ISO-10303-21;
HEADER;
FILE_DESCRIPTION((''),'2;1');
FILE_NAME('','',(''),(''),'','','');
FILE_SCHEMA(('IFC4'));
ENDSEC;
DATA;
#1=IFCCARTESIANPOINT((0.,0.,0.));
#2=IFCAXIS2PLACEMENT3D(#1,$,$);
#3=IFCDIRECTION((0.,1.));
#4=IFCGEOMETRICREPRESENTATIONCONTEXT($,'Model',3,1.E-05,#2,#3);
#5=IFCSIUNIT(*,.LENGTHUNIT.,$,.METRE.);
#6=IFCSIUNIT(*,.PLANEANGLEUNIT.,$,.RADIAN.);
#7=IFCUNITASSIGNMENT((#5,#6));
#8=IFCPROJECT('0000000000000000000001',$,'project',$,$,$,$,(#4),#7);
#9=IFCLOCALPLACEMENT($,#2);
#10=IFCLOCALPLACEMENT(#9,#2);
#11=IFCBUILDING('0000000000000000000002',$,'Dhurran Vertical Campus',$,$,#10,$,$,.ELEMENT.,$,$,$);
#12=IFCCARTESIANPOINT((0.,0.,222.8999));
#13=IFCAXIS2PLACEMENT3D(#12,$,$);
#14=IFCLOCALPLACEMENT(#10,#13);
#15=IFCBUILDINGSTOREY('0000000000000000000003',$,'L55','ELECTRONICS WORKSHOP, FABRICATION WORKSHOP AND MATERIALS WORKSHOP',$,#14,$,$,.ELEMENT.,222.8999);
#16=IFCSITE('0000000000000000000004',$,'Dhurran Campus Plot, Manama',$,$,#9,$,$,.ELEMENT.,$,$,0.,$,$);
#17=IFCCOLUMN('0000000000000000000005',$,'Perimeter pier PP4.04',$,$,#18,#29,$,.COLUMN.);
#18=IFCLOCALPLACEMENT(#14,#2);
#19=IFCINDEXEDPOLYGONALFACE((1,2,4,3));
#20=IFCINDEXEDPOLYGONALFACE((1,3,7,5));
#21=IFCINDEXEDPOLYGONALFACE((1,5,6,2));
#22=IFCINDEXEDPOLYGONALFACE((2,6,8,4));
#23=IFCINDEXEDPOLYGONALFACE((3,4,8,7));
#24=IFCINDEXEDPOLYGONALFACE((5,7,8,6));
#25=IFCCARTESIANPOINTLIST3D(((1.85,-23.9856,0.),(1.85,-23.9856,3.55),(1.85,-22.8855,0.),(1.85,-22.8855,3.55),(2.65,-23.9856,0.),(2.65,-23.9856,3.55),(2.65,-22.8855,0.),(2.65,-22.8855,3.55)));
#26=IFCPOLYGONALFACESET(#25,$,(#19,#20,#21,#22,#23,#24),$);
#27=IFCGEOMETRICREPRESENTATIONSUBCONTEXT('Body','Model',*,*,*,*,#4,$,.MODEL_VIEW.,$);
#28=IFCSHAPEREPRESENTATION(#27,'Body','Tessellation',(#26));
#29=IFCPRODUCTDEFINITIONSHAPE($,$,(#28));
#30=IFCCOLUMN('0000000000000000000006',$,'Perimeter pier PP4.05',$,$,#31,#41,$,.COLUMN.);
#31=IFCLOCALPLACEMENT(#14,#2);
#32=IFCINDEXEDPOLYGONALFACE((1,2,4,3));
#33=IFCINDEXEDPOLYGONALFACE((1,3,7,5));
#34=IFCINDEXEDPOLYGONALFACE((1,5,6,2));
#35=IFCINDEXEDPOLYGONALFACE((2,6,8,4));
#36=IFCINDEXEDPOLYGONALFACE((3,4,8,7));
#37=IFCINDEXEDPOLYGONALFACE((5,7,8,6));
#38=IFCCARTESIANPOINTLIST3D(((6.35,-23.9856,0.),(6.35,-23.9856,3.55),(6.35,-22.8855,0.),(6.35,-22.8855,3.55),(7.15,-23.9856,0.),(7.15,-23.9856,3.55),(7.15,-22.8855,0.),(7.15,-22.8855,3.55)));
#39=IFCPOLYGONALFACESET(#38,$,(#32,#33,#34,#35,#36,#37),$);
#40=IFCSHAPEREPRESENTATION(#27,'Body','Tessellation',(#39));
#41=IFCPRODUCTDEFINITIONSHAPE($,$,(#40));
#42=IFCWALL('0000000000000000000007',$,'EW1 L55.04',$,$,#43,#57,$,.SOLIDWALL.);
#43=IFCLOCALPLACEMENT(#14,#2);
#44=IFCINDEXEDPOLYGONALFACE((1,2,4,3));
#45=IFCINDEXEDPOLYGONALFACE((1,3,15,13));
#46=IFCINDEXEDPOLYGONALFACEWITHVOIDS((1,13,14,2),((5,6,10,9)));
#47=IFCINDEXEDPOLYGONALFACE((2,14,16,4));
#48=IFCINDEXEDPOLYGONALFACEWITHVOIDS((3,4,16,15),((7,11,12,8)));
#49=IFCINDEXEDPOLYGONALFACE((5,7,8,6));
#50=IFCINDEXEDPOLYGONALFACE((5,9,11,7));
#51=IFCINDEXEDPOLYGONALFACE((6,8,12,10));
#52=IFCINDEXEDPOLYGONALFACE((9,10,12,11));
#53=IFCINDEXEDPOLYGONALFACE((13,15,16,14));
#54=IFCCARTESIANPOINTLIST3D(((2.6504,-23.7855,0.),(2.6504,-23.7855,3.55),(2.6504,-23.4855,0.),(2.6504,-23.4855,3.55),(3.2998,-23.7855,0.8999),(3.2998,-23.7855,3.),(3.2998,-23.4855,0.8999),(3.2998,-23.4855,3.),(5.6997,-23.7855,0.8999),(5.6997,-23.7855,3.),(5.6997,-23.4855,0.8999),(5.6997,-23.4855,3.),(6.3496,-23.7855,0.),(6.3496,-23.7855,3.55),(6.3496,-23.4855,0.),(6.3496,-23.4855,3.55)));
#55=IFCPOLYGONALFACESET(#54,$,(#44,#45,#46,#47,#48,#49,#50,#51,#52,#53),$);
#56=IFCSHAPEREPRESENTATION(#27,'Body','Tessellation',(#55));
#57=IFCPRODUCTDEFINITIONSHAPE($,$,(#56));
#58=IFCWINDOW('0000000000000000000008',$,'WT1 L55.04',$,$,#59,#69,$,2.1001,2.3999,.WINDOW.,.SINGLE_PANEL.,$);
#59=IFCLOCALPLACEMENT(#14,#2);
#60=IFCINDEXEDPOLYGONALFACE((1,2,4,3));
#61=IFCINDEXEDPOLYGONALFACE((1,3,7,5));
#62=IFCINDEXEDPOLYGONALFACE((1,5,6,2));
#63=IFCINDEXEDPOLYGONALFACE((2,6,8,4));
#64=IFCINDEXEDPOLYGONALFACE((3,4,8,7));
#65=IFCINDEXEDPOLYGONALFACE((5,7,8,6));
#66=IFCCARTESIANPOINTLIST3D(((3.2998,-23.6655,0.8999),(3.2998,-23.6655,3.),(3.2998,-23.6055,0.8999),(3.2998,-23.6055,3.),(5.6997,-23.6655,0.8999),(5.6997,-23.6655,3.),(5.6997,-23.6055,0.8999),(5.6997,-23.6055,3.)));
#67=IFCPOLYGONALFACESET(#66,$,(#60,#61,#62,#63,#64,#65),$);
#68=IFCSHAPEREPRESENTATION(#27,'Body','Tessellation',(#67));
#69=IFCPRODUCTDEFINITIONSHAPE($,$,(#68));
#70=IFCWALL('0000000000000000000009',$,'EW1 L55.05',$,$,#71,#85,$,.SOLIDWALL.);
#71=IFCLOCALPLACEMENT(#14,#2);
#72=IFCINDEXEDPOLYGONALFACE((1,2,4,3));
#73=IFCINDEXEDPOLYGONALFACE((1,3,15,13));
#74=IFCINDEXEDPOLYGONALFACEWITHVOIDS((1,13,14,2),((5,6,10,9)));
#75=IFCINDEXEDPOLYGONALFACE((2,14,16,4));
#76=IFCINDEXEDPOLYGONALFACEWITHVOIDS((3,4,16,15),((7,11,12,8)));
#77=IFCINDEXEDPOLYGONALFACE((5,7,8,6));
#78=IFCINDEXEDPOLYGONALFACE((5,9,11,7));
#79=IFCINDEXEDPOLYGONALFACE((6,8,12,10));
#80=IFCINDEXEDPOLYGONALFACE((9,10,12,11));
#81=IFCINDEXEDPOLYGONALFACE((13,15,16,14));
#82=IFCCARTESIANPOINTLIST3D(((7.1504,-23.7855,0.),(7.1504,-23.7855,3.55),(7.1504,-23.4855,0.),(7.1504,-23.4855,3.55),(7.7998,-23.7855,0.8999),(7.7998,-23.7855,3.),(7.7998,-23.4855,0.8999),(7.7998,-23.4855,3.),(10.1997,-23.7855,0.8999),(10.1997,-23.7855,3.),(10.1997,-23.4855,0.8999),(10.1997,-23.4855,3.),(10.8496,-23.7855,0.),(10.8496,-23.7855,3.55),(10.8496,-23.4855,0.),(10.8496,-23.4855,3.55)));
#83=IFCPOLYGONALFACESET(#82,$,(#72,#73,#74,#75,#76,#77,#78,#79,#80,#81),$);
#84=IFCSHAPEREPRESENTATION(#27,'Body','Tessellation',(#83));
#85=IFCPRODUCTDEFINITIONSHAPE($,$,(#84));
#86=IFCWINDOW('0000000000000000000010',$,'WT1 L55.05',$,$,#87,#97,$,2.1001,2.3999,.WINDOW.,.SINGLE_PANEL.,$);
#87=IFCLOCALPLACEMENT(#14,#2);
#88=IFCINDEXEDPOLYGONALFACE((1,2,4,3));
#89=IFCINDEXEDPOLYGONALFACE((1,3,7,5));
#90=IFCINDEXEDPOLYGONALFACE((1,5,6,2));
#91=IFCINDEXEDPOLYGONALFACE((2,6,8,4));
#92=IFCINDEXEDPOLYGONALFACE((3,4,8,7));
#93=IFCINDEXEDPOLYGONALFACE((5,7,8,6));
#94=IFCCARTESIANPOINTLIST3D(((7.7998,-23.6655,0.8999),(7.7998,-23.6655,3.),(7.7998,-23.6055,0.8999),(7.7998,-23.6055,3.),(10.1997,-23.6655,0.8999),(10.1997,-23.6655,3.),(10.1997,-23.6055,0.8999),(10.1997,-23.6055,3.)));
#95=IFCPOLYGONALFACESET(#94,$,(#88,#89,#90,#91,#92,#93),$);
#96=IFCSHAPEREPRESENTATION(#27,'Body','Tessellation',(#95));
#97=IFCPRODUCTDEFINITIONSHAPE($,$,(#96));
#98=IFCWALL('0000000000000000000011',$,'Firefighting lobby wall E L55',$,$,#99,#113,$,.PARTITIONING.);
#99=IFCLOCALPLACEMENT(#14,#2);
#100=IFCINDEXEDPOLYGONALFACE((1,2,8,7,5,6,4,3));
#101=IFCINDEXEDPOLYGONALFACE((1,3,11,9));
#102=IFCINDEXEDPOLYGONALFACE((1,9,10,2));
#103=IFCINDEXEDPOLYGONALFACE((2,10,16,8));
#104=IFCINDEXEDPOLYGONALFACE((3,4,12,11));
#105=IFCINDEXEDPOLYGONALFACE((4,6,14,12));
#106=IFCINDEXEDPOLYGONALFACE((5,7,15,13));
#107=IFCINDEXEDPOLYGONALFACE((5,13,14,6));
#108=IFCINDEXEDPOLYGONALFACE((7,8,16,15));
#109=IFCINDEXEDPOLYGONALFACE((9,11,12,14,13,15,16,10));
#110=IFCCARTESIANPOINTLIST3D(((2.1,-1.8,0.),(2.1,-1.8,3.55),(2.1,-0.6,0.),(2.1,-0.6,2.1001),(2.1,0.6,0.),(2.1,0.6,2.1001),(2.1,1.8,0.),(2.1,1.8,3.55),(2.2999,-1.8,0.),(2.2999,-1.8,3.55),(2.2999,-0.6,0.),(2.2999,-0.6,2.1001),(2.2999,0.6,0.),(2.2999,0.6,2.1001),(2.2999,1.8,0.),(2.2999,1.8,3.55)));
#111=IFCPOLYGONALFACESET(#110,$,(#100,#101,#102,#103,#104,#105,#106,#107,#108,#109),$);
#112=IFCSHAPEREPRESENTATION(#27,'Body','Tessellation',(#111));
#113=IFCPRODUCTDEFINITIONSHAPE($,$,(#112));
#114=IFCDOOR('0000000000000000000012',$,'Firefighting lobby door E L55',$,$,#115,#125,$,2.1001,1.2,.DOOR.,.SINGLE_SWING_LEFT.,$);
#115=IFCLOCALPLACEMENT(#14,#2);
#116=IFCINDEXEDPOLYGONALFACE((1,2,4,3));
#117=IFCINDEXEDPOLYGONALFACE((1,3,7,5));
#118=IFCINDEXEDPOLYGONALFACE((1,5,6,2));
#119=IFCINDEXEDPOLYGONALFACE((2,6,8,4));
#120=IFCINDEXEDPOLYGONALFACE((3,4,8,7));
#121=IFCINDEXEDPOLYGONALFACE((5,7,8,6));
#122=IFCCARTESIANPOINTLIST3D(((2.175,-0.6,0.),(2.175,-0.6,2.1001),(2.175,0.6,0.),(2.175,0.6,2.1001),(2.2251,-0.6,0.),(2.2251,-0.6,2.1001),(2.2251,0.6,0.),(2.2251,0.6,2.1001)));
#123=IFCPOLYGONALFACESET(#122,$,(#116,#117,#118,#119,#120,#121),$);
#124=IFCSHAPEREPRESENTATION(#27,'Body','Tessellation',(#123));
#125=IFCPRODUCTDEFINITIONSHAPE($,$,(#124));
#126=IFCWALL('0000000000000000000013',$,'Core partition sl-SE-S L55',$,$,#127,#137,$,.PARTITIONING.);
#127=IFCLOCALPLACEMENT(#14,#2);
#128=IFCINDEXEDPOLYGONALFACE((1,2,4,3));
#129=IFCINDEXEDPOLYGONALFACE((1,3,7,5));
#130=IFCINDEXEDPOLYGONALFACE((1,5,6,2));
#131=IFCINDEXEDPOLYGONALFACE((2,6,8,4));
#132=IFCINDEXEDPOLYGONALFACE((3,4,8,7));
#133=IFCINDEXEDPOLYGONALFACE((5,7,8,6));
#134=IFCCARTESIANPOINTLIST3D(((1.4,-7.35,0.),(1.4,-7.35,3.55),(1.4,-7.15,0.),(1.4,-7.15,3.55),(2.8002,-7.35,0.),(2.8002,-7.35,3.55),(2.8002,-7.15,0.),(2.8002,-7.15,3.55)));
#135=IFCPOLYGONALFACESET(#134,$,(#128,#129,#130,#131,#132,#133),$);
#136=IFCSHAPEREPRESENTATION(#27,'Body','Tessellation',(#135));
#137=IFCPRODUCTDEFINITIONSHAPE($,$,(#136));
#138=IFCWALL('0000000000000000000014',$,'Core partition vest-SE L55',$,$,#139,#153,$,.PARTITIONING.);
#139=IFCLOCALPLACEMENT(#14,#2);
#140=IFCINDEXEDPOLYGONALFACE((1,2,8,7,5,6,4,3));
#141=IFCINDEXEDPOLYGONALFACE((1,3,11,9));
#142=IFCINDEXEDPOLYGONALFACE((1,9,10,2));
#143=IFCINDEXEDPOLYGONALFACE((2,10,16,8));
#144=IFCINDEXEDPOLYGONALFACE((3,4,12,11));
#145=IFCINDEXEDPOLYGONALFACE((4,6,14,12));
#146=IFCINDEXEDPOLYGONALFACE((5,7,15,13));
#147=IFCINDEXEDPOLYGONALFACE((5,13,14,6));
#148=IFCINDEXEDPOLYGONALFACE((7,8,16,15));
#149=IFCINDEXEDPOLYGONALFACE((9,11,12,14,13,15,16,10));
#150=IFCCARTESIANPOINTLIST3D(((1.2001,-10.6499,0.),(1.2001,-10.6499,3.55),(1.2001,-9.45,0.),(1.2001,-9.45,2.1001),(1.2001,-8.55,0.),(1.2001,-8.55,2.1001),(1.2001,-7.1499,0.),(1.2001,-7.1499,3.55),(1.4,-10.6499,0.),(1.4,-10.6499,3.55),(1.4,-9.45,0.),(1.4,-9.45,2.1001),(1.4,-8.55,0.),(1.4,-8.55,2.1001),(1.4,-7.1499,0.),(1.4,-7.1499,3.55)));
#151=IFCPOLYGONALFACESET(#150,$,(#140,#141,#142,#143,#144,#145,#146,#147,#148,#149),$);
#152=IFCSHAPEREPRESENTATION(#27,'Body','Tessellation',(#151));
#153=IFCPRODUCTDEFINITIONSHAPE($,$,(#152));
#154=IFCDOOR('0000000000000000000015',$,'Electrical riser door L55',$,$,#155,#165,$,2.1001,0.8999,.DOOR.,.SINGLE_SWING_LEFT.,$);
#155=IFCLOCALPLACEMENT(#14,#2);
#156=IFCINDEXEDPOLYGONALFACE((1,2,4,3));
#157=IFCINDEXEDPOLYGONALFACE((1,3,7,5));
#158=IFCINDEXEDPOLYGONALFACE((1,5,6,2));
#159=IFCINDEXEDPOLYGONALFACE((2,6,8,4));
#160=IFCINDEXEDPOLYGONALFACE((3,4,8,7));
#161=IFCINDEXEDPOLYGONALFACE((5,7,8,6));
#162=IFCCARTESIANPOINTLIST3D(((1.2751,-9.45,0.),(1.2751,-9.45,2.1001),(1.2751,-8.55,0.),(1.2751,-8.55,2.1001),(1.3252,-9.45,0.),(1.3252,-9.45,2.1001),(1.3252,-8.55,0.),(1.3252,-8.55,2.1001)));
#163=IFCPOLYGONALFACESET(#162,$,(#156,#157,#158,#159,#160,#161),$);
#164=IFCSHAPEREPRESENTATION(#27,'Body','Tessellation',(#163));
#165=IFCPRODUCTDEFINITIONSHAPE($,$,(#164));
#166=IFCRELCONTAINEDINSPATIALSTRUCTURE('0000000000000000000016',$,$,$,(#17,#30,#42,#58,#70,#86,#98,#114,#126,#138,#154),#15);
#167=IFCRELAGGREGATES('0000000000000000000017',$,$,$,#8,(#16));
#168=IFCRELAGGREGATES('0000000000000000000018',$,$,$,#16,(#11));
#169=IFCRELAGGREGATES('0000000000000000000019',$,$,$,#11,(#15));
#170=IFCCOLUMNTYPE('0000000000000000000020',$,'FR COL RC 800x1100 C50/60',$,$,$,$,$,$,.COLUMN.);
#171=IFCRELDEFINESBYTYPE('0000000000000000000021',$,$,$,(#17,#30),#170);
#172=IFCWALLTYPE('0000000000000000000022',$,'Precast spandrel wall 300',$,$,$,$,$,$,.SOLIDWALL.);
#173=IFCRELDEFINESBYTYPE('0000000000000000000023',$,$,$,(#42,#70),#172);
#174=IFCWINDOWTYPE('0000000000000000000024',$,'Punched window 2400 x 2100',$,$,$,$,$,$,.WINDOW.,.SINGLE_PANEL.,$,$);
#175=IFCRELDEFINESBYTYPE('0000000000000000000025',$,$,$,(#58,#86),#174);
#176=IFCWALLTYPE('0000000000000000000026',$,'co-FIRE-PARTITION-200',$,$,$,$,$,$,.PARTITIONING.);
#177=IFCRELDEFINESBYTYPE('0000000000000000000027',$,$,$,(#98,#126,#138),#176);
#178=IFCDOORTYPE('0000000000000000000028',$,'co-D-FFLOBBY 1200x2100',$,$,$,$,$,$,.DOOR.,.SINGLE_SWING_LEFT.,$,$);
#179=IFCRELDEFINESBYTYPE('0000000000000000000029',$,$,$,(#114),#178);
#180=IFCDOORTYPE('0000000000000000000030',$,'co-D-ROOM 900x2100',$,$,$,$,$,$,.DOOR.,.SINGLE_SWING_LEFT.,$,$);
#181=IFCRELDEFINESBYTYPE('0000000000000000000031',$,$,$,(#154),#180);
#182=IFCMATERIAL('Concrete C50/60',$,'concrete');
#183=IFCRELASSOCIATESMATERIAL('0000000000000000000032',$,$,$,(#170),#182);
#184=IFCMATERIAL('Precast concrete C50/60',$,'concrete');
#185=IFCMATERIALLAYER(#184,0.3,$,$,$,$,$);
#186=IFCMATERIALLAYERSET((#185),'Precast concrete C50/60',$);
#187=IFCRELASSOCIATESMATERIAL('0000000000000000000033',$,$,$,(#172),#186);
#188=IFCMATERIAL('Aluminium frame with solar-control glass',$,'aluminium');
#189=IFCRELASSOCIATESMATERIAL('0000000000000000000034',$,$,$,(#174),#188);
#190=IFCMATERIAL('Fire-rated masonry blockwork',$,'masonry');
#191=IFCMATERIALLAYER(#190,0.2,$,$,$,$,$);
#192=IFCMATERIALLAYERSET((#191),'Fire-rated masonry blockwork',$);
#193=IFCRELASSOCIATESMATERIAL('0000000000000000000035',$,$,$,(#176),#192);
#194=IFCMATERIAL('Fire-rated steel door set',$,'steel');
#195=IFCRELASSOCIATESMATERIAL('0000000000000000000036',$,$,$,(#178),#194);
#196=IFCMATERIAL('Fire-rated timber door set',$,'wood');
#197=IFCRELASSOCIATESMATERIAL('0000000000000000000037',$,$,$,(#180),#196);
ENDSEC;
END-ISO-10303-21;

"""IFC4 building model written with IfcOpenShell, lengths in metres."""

from ifc_helpers import new_model, si_unit, direction, frame, frame_2d, origin, origin_2d, place, context, subcontext, project, spatial, rectangle, extrude, material, layer, layer_set, material_profile, profile_set, type_object, element, fill, save


model = new_model("IFC4")

# Units and contexts
model_context = context("Model", 3, precision=1e-05, world=origin(), true_north=direction((0.0, 1.0)))
body_context = subcontext(model_context, "Body", "Model", "MODEL_VIEW")
ifc_project = project(units=[si_unit("LENGTHUNIT", "METRE"), si_unit("PLANEANGLEUNIT", "RADIAN")], contexts=[model_context])

# Site, building, storey
site_placement = place(None, origin())
site = spatial("IfcSite", under=ifc_project, at=site_placement, Name="Dhurran Campus Plot, Manama", CompositionType="ELEMENT", RefElevation=0.0)
building_placement = place(site_placement, origin())
building = spatial("IfcBuilding", under=site, at=building_placement, Name="Dhurran Vertical Campus", CompositionType="ELEMENT")
storey_placement = place(building_placement, frame((0.0, 0.0, 222.8999)))
storey = spatial("IfcBuildingStorey", under=building, at=storey_placement, Name="L55", Description="ELECTRONICS WORKSHOP, FABRICATION WORKSHOP AND MATERIALS WORKSHOP", CompositionType="ELEMENT", Elevation=222.8999)

# Columns
ifc_material_1 = material(Name="Concrete C50/60", Category="concrete")
ifc_material_profile = material_profile(ifc_material_1, rectangle(XDim=0.8, YDim=1.1001, at=origin_2d()), Name="RC 800x1100")
ifc_profile_set = profile_set([ifc_material_profile], Name="Concrete C50/60")
column_type = type_object("IfcColumnType", Name="FR COL RC 800x1100 C50/60", PredefinedType="COLUMN", material=ifc_profile_set)
for number, where, z_axis, x_axis, name in (
    (1, (2.25, -23.4355, 0.0), (0.0, 0.0, 1.0), (1.0, 0.0, 0.0), "Perimeter pier PP4.04"),
    (2, (6.75, -23.4355, 0.0), (0.0, 0.0, 1.0), (1.0, 0.0, 0.0), "Perimeter pier PP4.05"),
):
    element("IfcColumn", number, at=place(storey_placement, frame(where, z_axis=z_axis, x_axis=x_axis)), inside=storey, type_object=column_type, Name=name, PredefinedType="COLUMN", context=body_context, shape_type="SweptSolid", body=[
        extrude(rectangle(XDim=0.8, YDim=1.1001, at=origin_2d()), origin(), (0.0, 0.0, 1.0), 3.55),
    ])

# Walls, openings, windows
ifc_material_2 = material(Name="Precast concrete C50/60", Category="concrete")
ifc_layer_1 = layer(ifc_material_2, 0.3)
ifc_layer_set_1 = layer_set([ifc_layer_1], Name="Precast concrete C50/60")
wall_type_1 = type_object("IfcWallType", Name="Precast spandrel wall 300", PredefinedType="SOLIDWALL", material=ifc_layer_set_1)
wall_1_placement = place(storey_placement, frame((2.6504, -23.6355, 0.0), z_axis=(0.0, 0.0, 1.0), x_axis=(1.0, 0.0, 0.0)))
wall_1 = element("IfcWall", 3, at=wall_1_placement, inside=storey, type_object=wall_type_1, Name="EW1 L55.04", PredefinedType="SOLIDWALL", context=body_context, shape_type="SweptSolid", body=[
    extrude(rectangle(XDim=3.6992, YDim=0.3, at=frame_2d((1.8496, 0.0))), origin(), (0.0, 0.0, 1.0), 3.55),
])
opening_1_placement = place(wall_1_placement, frame((0.6494, 0.0, 0.8999)))
opening_1 = element("IfcOpeningElement", 4, at=opening_1_placement, cuts=wall_1, PredefinedType="OPENING", context=body_context, shape_type="SweptSolid", body=[
    extrude(rectangle(XDim=2.3999, YDim=2.1001, at=frame_2d((1.2, 1.05))), frame((0.0, 0.1599, 0.0), z_axis=(0.0, -1.0, 0.0), x_axis=(1.0, 0.0, 0.0)), (0.0, 0.0, 1.0), 0.3201),
])
ifc_material_3 = material(Name="Aluminium frame with solar-control glass", Category="aluminium")
window_type = type_object("IfcWindowType", Name="Punched window 2400 x 2100", PartitioningType="SINGLE_PANEL", PredefinedType="WINDOW", material=ifc_material_3)
window_1_placement = place(opening_1_placement, origin())
window_1 = element("IfcWindow", 5, at=window_1_placement, inside=storey, type_object=window_type, Name="WT1 L55.04", OverallHeight=2.1001, OverallWidth=2.3999, PartitioningType="SINGLE_PANEL", PredefinedType="WINDOW", context=body_context, shape_type="SweptSolid", body=[
    extrude(rectangle(XDim=2.3999, YDim=2.1001, at=frame_2d((1.2, 1.05))), frame((0.0, 0.03, 0.0), z_axis=(0.0, -1.0, 0.0), x_axis=(1.0, 0.0, 0.0)), (0.0, 0.0, 1.0), 0.0601),
])
fill(opening_1, window_1)
wall_2_placement = place(storey_placement, frame((7.1504, -23.6355, 0.0), z_axis=(0.0, 0.0, 1.0), x_axis=(1.0, 0.0, 0.0)))
wall_2 = element("IfcWall", 6, at=wall_2_placement, inside=storey, type_object=wall_type_1, Name="EW1 L55.05", PredefinedType="SOLIDWALL", context=body_context, shape_type="SweptSolid", body=[
    extrude(rectangle(XDim=3.6992, YDim=0.3, at=frame_2d((1.8496, 0.0))), origin(), (0.0, 0.0, 1.0), 3.55),
])
opening_2_placement = place(wall_2_placement, frame((0.6494, 0.0, 0.8999)))
opening_2 = element("IfcOpeningElement", 7, at=opening_2_placement, cuts=wall_2, PredefinedType="OPENING", context=body_context, shape_type="SweptSolid", body=[
    extrude(rectangle(XDim=2.3999, YDim=2.1001, at=frame_2d((1.2, 1.05))), frame((0.0, 0.1599, 0.0), z_axis=(0.0, -1.0, 0.0), x_axis=(1.0, 0.0, 0.0)), (0.0, 0.0, 1.0), 0.3201),
])
window_2_placement = place(opening_2_placement, origin())
window_2 = element("IfcWindow", 8, at=window_2_placement, inside=storey, type_object=window_type, Name="WT1 L55.05", OverallHeight=2.1001, OverallWidth=2.3999, PartitioningType="SINGLE_PANEL", PredefinedType="WINDOW", context=body_context, shape_type="SweptSolid", body=[
    extrude(rectangle(XDim=2.3999, YDim=2.1001, at=frame_2d((1.2, 1.05))), frame((0.0, 0.03, 0.0), z_axis=(0.0, -1.0, 0.0), x_axis=(1.0, 0.0, 0.0)), (0.0, 0.0, 1.0), 0.0601),
])
fill(opening_2, window_2)

# Wall, opening, door
ifc_material_4 = material(Name="Fire-rated masonry blockwork", Category="masonry")
ifc_layer_2 = layer(ifc_material_4, 0.2)
ifc_layer_set_2 = layer_set([ifc_layer_2], Name="Fire-rated masonry blockwork")
wall_type_2 = type_object("IfcWallType", Name="co-FIRE-PARTITION-200", PredefinedType="PARTITIONING", material=ifc_layer_set_2)
wall_3_placement = place(storey_placement, frame((2.2, -1.8, 0.0), z_axis=(0.0, 0.0, 1.0), x_axis=(0.0, 1.0, 0.0)))
wall_3 = element("IfcWall", 9, at=wall_3_placement, inside=storey, type_object=wall_type_2, Name="Firefighting lobby wall E L55", PredefinedType="PARTITIONING", context=body_context, shape_type="SweptSolid", body=[
    extrude(rectangle(XDim=3.6001, YDim=0.2, at=frame_2d((1.8, 0.0))), origin(), (0.0, 0.0, 1.0), 3.55),
])
opening_3_placement = place(wall_3_placement, frame((1.2, 0.0, 0.0)))
opening_3 = element("IfcOpeningElement", 10, at=opening_3_placement, cuts=wall_3, PredefinedType="OPENING", context=body_context, shape_type="SweptSolid", body=[
    extrude(rectangle(XDim=1.2, YDim=2.1001, at=frame_2d((0.6001, 1.05))), frame((0.0, 0.1099, 0.0), z_axis=(0.0, -1.0, 0.0), x_axis=(1.0, 0.0, 0.0)), (0.0, 0.0, 1.0), 0.22),
])
ifc_material_5 = material(Name="Fire-rated steel door set", Category="steel")
door_type_1 = type_object("IfcDoorType", Name="co-D-FFLOBBY 1200x2100", OperationType="SINGLE_SWING_LEFT", PredefinedType="DOOR", material=ifc_material_5)
door_1_placement = place(opening_3_placement, origin())
door_1 = element("IfcDoor", 11, at=door_1_placement, inside=storey, type_object=door_type_1, Name="Firefighting lobby door E L55", OperationType="SINGLE_SWING_LEFT", OverallHeight=2.1001, OverallWidth=1.2, PredefinedType="DOOR", context=body_context, shape_type="SweptSolid", body=[
    extrude(rectangle(XDim=1.2, YDim=2.1001, at=frame_2d((0.6001, 1.05))), frame((0.0, 0.0249, 0.0), z_axis=(0.0, -1.0, 0.0), x_axis=(1.0, 0.0, 0.0)), (0.0, 0.0, 1.0), 0.05),
])
fill(opening_3, door_1)

# Wall
wall_4_placement = place(storey_placement, frame((1.3999, -7.25, 0.0), z_axis=(0.0, 0.0, 1.0), x_axis=(1.0, 0.0, 0.0)))
element("IfcWall", 12, at=wall_4_placement, inside=storey, type_object=wall_type_2, Name="Core partition sl-SE-S L55", PredefinedType="PARTITIONING", context=body_context, shape_type="SweptSolid", body=[
    extrude(rectangle(XDim=1.4001, YDim=0.2, at=frame_2d((0.7002, 0.0))), origin(), (0.0, 0.0, 1.0), 3.55),
])

# Wall, opening, door
wall_5_placement = place(storey_placement, frame((1.3, -10.6499, 0.0), z_axis=(0.0, 0.0, 1.0), x_axis=(0.0, 1.0, 0.0)))
wall_5 = element("IfcWall", 13, at=wall_5_placement, inside=storey, type_object=wall_type_2, Name="Core partition vest-SE L55", PredefinedType="PARTITIONING", context=body_context, shape_type="SweptSolid", body=[
    extrude(rectangle(XDim=3.5, YDim=0.2, at=frame_2d((1.75, 0.0))), origin(), (0.0, 0.0, 1.0), 3.55),
])
opening_4_placement = place(wall_5_placement, frame((1.2, 0.0, 0.0)))
opening_4 = element("IfcOpeningElement", 14, at=opening_4_placement, cuts=wall_5, PredefinedType="OPENING", context=body_context, shape_type="SweptSolid", body=[
    extrude(rectangle(XDim=0.8999, YDim=2.1001, at=frame_2d((0.45, 1.05))), frame((0.0, 0.1099, 0.0), z_axis=(0.0, -1.0, 0.0), x_axis=(1.0, 0.0, 0.0)), (0.0, 0.0, 1.0), 0.22),
])
ifc_material_6 = material(Name="Fire-rated timber door set", Category="wood")
door_type_2 = type_object("IfcDoorType", Name="co-D-ROOM 900x2100", OperationType="SINGLE_SWING_LEFT", PredefinedType="DOOR", material=ifc_material_6)
door_2_placement = place(opening_4_placement, origin())
door_2 = element("IfcDoor", 15, at=door_2_placement, inside=storey, type_object=door_type_2, Name="Electrical riser door L55", OperationType="SINGLE_SWING_LEFT", OverallHeight=2.1001, OverallWidth=0.8999, PredefinedType="DOOR", context=body_context, shape_type="SweptSolid", body=[
    extrude(rectangle(XDim=0.8999, YDim=2.1001, at=frame_2d((0.45, 1.05))), frame((0.0, 0.0249, 0.0), z_axis=(0.0, -1.0, 0.0), x_axis=(1.0, 0.0, 0.0)), (0.0, 0.0, 1.0), 0.05),
])
fill(opening_4, door_2)

save(model, "model.ifc")
